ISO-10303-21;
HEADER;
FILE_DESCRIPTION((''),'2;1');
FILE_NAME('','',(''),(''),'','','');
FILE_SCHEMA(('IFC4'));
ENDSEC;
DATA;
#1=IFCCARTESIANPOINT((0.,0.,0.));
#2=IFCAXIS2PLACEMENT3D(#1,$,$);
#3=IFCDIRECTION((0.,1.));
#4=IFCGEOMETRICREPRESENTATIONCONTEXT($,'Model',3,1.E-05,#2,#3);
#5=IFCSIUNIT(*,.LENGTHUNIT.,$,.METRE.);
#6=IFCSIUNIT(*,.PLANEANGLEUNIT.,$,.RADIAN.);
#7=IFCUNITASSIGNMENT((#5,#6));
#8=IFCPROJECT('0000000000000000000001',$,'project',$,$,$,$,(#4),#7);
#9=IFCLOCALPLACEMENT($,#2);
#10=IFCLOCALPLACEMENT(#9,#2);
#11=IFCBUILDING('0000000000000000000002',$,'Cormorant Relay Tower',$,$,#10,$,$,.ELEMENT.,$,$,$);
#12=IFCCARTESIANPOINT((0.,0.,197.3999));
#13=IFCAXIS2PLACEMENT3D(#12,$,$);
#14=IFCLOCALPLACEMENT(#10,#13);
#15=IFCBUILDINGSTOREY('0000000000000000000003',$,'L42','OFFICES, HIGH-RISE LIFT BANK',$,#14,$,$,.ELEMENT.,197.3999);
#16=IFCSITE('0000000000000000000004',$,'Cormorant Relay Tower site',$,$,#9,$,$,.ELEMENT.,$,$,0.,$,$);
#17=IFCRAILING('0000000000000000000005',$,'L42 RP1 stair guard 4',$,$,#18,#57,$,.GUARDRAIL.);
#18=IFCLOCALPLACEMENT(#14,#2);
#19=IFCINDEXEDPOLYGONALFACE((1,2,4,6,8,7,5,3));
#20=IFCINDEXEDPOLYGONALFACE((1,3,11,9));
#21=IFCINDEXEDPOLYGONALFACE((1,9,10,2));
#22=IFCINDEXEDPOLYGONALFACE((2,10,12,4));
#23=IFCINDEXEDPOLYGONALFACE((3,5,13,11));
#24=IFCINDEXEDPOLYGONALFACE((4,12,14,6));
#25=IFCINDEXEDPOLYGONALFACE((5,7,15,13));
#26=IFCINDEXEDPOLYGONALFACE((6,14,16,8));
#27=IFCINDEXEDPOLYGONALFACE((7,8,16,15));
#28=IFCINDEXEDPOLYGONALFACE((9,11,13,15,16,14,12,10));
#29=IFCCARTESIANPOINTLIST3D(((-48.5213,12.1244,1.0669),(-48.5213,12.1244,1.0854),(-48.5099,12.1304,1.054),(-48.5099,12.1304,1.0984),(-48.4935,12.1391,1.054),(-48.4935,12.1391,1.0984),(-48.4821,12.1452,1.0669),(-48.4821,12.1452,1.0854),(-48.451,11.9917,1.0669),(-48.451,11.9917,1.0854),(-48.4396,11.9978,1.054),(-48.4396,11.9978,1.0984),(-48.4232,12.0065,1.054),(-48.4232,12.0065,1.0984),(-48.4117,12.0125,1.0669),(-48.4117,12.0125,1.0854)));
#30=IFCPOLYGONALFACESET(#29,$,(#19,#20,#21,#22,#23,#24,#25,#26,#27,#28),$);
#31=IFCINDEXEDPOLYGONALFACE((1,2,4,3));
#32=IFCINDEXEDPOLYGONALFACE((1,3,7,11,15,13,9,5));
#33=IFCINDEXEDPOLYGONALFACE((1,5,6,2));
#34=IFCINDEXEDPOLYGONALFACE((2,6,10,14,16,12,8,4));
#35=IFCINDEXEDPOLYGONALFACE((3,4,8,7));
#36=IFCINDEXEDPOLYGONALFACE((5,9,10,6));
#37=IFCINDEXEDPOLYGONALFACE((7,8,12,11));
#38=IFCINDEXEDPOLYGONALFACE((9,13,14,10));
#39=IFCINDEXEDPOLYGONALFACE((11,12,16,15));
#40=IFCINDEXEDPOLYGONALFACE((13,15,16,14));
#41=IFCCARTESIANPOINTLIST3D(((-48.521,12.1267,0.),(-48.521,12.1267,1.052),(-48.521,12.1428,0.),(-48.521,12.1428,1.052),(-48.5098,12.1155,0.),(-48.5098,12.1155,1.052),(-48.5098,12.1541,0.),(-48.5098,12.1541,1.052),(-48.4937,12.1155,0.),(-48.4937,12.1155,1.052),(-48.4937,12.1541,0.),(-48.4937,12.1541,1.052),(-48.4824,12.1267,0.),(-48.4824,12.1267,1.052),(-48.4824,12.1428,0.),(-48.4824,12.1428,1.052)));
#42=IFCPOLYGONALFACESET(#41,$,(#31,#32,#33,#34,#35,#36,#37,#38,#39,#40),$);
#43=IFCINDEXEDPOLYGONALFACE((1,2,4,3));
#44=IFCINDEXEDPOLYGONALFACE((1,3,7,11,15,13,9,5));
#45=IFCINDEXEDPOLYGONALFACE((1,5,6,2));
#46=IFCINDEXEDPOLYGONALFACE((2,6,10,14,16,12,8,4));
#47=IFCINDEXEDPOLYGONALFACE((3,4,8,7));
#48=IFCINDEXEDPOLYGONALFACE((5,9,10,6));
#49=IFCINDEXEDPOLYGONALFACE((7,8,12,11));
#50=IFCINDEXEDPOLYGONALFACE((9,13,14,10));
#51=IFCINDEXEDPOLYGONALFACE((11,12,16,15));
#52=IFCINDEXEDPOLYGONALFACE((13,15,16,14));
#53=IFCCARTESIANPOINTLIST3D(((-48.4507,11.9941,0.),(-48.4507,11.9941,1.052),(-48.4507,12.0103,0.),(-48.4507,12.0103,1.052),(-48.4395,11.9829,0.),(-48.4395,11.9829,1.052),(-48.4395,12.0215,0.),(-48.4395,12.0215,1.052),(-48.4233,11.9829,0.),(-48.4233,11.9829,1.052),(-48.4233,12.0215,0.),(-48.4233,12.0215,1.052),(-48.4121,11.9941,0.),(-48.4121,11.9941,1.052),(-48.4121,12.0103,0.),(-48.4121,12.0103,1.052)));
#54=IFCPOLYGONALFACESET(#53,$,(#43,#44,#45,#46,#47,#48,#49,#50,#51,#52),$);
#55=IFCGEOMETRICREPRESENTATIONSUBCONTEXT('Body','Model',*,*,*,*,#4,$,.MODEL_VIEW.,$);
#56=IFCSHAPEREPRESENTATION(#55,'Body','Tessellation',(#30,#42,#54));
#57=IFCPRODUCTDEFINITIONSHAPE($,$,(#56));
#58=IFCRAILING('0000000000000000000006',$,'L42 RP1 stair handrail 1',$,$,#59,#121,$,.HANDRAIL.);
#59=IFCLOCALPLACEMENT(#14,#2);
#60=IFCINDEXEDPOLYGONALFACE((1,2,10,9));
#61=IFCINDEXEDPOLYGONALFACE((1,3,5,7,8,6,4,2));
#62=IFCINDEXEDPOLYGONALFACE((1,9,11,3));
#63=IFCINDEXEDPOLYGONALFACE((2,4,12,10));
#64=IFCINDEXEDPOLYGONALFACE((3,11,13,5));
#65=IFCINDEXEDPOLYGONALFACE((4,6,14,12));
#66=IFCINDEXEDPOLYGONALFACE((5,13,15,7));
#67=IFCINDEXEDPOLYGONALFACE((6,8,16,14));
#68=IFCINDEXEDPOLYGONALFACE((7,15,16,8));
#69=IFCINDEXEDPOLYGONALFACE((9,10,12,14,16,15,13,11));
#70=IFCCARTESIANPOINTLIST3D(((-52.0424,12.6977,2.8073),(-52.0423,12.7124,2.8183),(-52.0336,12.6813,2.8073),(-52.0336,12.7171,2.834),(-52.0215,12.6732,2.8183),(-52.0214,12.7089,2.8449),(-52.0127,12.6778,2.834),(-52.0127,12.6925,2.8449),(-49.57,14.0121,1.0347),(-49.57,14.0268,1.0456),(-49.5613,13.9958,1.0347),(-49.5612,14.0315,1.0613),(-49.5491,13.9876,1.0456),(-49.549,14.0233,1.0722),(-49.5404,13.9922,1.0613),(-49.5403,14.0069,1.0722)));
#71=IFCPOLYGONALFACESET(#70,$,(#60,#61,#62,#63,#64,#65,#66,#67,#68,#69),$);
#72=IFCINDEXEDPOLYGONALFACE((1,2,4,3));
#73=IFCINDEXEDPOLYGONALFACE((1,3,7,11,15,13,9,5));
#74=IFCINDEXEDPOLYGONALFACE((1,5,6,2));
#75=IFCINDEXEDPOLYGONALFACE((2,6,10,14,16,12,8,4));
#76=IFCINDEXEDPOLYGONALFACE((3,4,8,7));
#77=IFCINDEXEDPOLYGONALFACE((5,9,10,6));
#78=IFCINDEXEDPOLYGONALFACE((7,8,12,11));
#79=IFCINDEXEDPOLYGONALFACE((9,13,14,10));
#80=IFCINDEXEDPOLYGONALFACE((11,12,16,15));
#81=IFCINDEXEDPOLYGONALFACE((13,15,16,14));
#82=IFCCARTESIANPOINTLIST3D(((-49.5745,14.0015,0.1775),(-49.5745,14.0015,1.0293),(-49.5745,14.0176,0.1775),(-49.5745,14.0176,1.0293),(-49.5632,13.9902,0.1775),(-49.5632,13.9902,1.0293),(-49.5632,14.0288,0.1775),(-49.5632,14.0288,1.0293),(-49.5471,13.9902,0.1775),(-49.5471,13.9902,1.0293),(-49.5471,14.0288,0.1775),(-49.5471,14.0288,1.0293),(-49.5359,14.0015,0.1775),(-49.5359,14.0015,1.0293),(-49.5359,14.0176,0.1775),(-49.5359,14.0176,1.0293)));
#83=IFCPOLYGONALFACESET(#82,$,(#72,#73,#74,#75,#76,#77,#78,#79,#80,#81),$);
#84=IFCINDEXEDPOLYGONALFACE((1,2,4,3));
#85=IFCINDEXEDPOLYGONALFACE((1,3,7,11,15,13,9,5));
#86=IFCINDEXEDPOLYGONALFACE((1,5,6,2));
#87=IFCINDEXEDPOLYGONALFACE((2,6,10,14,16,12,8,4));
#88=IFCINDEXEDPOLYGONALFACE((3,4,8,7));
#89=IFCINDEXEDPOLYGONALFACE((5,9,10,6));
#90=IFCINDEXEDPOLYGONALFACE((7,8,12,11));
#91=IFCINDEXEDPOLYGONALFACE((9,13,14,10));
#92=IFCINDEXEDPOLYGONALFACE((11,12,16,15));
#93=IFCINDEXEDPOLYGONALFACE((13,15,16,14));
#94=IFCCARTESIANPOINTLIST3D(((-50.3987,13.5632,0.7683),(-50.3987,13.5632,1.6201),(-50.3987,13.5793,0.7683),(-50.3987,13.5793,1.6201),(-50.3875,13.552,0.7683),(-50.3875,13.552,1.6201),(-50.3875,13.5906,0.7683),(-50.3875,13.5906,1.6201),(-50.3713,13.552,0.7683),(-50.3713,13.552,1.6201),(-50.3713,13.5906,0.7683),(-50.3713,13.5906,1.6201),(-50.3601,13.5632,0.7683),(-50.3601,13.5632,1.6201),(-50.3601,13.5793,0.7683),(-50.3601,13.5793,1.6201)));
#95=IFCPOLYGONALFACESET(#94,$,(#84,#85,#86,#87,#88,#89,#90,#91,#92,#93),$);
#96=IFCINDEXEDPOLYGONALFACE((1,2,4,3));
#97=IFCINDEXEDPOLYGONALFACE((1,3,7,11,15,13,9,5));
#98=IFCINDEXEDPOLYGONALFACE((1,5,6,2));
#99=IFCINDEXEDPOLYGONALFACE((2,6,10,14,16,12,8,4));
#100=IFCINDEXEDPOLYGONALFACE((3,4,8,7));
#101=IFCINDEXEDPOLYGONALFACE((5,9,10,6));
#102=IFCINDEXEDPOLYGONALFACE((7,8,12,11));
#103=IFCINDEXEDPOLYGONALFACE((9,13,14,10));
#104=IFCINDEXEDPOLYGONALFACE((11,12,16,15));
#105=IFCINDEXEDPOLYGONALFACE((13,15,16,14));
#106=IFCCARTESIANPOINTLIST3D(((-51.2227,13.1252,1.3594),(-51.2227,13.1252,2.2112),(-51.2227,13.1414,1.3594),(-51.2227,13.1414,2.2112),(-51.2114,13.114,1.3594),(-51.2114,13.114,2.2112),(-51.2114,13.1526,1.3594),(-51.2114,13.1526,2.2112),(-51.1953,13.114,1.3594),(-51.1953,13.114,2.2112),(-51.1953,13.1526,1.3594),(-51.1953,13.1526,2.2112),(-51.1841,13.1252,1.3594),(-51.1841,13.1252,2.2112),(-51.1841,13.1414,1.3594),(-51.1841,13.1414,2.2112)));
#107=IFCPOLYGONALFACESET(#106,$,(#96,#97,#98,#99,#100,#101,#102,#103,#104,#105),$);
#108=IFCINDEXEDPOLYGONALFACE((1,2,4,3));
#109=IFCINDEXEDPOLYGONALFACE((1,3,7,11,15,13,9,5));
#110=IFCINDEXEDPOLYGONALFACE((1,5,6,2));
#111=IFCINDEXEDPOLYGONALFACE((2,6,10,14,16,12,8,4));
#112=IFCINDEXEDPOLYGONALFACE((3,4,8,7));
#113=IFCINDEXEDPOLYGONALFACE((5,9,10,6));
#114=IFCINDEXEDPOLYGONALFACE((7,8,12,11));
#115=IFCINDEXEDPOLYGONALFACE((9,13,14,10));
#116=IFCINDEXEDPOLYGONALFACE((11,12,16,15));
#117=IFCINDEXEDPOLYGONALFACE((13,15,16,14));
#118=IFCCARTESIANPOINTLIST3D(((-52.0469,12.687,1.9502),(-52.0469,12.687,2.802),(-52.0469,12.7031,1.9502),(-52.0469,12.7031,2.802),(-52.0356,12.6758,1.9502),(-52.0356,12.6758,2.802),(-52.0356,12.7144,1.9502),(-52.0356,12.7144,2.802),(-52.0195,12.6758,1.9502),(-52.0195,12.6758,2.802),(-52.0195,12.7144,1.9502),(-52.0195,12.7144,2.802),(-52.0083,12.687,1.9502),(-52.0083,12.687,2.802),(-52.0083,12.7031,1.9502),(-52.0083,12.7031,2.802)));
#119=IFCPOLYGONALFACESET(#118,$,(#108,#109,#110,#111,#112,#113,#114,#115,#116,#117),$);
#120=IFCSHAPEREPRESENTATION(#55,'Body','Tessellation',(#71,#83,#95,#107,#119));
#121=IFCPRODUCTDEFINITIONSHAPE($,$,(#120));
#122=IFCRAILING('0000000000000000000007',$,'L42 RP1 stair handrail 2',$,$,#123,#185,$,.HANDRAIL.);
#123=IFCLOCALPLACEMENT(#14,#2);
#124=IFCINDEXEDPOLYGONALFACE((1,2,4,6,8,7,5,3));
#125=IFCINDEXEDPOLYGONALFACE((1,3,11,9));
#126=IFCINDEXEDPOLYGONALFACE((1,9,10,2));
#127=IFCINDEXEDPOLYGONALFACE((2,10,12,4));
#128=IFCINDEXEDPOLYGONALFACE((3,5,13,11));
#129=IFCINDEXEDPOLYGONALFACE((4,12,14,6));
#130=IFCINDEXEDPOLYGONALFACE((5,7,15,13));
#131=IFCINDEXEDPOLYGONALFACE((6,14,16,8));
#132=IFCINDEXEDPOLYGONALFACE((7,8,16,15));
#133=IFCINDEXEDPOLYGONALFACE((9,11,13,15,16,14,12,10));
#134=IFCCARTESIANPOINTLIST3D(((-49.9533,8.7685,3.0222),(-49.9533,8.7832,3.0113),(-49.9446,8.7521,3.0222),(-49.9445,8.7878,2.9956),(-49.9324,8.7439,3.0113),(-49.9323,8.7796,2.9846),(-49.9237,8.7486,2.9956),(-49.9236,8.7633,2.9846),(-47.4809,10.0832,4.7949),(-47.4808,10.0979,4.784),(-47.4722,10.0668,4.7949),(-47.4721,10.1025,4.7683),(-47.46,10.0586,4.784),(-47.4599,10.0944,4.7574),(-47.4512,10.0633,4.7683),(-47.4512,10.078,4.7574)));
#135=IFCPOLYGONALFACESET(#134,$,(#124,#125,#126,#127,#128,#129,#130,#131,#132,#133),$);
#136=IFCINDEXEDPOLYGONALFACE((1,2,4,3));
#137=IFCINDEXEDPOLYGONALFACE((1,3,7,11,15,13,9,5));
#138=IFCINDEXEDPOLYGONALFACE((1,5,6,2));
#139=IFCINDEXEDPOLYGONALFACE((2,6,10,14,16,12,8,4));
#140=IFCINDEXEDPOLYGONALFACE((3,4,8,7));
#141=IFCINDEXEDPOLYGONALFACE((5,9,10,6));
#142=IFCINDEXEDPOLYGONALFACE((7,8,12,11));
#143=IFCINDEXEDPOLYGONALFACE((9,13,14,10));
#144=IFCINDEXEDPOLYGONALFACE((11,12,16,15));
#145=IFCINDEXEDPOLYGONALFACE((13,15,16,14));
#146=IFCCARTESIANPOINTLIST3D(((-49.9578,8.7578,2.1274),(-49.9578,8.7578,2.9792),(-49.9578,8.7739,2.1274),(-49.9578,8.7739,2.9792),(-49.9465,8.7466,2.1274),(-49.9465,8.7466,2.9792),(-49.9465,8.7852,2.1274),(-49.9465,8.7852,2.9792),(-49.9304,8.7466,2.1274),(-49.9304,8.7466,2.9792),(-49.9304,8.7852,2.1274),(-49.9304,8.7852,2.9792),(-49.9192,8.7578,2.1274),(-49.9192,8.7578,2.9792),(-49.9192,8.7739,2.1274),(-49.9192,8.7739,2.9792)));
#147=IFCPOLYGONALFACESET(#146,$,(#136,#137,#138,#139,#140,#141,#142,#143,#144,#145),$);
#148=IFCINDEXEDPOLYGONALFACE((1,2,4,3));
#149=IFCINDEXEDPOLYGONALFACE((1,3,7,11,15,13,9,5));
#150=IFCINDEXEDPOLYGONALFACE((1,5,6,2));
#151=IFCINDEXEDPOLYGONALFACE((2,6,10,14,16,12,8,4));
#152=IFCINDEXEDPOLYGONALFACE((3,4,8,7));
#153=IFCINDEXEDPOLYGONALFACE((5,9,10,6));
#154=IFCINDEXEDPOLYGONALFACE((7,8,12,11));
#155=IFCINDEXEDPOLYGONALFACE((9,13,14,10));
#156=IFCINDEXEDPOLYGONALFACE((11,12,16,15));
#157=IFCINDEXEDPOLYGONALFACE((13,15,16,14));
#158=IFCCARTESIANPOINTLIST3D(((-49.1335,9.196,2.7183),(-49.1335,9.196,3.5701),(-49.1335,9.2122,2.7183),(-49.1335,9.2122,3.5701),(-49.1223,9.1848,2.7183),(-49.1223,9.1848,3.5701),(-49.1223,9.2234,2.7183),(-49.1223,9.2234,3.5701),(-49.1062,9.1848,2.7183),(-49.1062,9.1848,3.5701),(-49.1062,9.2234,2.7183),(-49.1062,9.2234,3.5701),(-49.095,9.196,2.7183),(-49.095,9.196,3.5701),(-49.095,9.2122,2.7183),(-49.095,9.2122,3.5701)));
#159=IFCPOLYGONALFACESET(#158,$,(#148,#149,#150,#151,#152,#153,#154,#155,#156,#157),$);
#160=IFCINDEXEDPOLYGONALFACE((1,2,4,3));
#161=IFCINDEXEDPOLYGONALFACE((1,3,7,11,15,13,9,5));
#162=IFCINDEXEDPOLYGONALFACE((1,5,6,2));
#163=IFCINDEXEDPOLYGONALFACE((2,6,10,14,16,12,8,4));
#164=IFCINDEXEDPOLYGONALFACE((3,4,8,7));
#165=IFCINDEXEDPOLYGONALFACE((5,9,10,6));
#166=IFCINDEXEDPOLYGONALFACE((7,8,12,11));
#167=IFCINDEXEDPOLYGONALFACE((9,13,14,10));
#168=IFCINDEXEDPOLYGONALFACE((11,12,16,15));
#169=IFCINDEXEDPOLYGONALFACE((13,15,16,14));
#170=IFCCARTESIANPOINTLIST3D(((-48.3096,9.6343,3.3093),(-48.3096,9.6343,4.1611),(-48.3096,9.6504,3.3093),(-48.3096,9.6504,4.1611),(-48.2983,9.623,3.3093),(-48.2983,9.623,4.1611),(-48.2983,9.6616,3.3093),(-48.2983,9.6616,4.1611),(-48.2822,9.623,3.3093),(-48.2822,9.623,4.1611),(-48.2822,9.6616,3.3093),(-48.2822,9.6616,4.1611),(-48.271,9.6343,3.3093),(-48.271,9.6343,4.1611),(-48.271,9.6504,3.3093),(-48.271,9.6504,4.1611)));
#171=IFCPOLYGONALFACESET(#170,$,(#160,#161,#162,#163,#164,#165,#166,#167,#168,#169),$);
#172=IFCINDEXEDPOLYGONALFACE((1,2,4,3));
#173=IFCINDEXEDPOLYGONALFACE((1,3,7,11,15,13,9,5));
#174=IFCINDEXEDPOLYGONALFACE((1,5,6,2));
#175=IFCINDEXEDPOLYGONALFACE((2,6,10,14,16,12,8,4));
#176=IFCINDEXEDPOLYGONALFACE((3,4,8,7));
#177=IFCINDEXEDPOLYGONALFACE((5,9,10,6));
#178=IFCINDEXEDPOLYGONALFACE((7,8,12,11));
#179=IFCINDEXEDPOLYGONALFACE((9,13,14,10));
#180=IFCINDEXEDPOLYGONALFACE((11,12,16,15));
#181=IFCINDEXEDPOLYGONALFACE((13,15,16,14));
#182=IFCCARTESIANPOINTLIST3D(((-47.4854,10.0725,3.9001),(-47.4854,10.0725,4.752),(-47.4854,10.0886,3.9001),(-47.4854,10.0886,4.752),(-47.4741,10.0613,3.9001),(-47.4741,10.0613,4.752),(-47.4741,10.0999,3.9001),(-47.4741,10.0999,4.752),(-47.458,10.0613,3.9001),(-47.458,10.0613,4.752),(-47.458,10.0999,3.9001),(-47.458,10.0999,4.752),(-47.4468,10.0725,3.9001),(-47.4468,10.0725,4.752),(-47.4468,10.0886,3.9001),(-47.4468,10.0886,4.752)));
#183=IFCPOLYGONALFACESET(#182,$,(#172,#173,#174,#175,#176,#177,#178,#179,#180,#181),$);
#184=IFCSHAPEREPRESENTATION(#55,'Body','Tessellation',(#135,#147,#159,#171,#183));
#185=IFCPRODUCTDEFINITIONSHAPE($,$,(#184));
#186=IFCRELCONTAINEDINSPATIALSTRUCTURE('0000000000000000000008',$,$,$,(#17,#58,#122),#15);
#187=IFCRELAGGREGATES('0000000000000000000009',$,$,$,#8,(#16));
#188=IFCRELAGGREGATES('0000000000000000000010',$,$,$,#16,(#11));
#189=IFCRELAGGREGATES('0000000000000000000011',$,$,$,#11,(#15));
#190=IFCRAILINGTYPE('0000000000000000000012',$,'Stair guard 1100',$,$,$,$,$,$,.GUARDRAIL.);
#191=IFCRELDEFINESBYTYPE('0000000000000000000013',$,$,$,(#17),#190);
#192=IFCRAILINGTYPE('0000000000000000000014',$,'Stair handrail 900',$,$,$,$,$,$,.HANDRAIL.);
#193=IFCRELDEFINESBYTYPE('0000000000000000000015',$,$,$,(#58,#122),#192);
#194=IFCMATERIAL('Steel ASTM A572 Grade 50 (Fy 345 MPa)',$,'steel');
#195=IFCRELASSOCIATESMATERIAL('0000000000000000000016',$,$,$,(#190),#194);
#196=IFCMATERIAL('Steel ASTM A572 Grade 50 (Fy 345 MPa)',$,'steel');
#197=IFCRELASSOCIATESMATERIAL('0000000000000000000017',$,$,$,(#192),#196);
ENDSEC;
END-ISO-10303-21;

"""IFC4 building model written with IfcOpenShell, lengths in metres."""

from ifc_helpers import new_model, si_unit, direction, frame, origin, place, context, subcontext, project, spatial, polyline, outline, extrude, material, type_object, element, save


model = new_model("IFC4")

# Units and contexts
model_context = context("Model", 3, precision=1e-05, world=origin(), true_north=direction((0.0, 1.0)))
body_context = subcontext(model_context, "Body", "Model", "MODEL_VIEW")
ifc_project = project(units=[si_unit("LENGTHUNIT", "METRE"), si_unit("PLANEANGLEUNIT", "RADIAN")], contexts=[model_context])

# Site, building, storey
site_placement = place(None, origin())
site = spatial("IfcSite", under=ifc_project, at=site_placement, Name="Cormorant Relay Tower site", CompositionType="ELEMENT", RefElevation=0.0)
building_placement = place(site_placement, origin())
building = spatial("IfcBuilding", under=site, at=building_placement, Name="Cormorant Relay Tower", CompositionType="ELEMENT")
storey_placement = place(building_placement, frame((0.0, 0.0, 197.3999)))
storey = spatial("IfcBuildingStorey", under=building, at=storey_placement, Name="L42", Description="OFFICES, HIGH-RISE LIFT BANK", CompositionType="ELEMENT", Elevation=197.3999)

# Railings
ifc_material_1 = material(Name="Steel ASTM A572 Grade 50 (Fy 345 MPa)", Category="steel")
railing_type_1 = type_object("IfcRailingType", Name="Stair guard 1100", PredefinedType="GUARDRAIL", material=ifc_material_1)
railing_1_placement = place(storey_placement, frame((-48.5017, 12.1348, 0.0)))
element("IfcRailing", 1, at=railing_1_placement, inside=storey, type_object=railing_type_1, Name="L42 RP1 stair guard 4", PredefinedType="GUARDRAIL", context=body_context, shape_type="SweptSolid", body=[
    extrude(outline(polyline([(0.0222, 0.0093), (0.0093, 0.0222), (-0.0093, 0.0222), (-0.0222, 0.0093), (-0.0222, -0.0093), (-0.0093, -0.0222), (0.0093, -0.0222), (0.0222, -0.0093), (0.0222, 0.0093)])), frame((0.0, 0.0, 1.0762), z_axis=(0.46856, -0.883431, 0.0), x_axis=(0.883431, 0.46856, 0.0)), (0.0, 0.0, 1.0), 0.1501),
    extrude(outline(polyline([(0.0193, 0.0081), (0.0081, 0.0193), (-0.0081, 0.0193), (-0.0193, 0.0081), (-0.0193, -0.0081), (-0.0081, -0.0193), (0.0081, -0.0193), (0.0193, -0.0081), (0.0193, 0.0081)])), origin(), (0.0, 0.0, 1.0), 1.052),
    extrude(outline(polyline([(0.0193, 0.0081), (0.0081, 0.0193), (-0.0081, 0.0193), (-0.0193, 0.0081), (-0.0193, -0.0081), (-0.0081, -0.0193), (0.0081, -0.0193), (0.0193, -0.0081), (0.0193, 0.0081)])), frame((0.0703, -0.1326, 0.0)), (0.0, 0.0, 1.0), 1.052),
])
ifc_material_2 = material(Name="Steel ASTM A572 Grade 50 (Fy 345 MPa)", Category="steel")
railing_type_2 = type_object("IfcRailingType", Name="Stair handrail 900", PredefinedType="HANDRAIL", material=ifc_material_2)
railing_2_placement = place(storey_placement, frame((-49.5552, 14.0095, 0.1775)))
element("IfcRailing", 2, at=railing_2_placement, inside=storey, type_object=railing_type_2, Name="L42 RP1 stair handrail 1", PredefinedType="HANDRAIL", context=body_context, shape_type="SweptSolid", body=[
    extrude(outline(polyline([(0.0222, 0.0093), (0.0093, 0.0222), (-0.0093, 0.0222), (-0.0222, 0.0093), (-0.0222, -0.0093), (-0.0093, -0.0222), (0.0093, -0.0222), (0.0222, -0.0093), (0.0222, 0.0093)])), frame((0.0, 0.0, 0.876), z_axis=(-0.746034, -0.396627, 0.534902), x_axis=(0.469429, -0.88297, 0.0)), (0.0, 0.0, 1.0), 3.314),
    extrude(outline(polyline([(0.0193, 0.0081), (0.0081, 0.0193), (-0.0081, 0.0193), (-0.0193, 0.0081), (-0.0193, -0.0081), (-0.0081, -0.0193), (0.0081, -0.0193), (0.0193, -0.0081), (0.0193, 0.0081)])), origin(), (0.0, 0.0, 1.0), 0.8518),
    extrude(outline(polyline([(0.0193, 0.0081), (0.0081, 0.0193), (-0.0081, 0.0193), (-0.0193, 0.0081), (-0.0193, -0.0081), (-0.0081, -0.0193), (0.0081, -0.0193), (0.0193, -0.0081), (0.0193, 0.0081)])), frame((-0.8242, -0.4382, 0.5908)), (0.0, 0.0, 1.0), 0.8518),
    extrude(outline(polyline([(0.0193, 0.0081), (0.0081, 0.0193), (-0.0081, 0.0193), (-0.0193, 0.0081), (-0.0193, -0.0081), (-0.0081, -0.0193), (0.0081, -0.0193), (0.0193, -0.0081), (0.0193, 0.0081)])), frame((-1.6482, -0.8762, 1.1819)), (0.0, 0.0, 1.0), 0.8518),
    extrude(outline(polyline([(0.0193, 0.0081), (0.0081, 0.0193), (-0.0081, 0.0193), (-0.0193, 0.0081), (-0.0193, -0.0081), (-0.0081, -0.0193), (0.0081, -0.0193), (0.0193, -0.0081), (0.0193, 0.0081)])), frame((-2.4724, -1.3145, 1.7727)), (0.0, 0.0, 1.0), 0.8518),
])
railing_3_placement = place(storey_placement, frame((-49.9385, 8.7659, 2.1274)))
element("IfcRailing", 3, at=railing_3_placement, inside=storey, type_object=railing_type_2, Name="L42 RP1 stair handrail 2", PredefinedType="HANDRAIL", context=body_context, shape_type="SweptSolid", body=[
    extrude(outline(polyline([(0.0222, 0.0093), (0.0093, 0.0222), (-0.0093, 0.0222), (-0.0222, 0.0093), (-0.0222, -0.0093), (-0.0093, -0.0222), (0.0093, -0.0222), (0.0222, -0.0093), (0.0222, 0.0093)])), frame((0.0, 0.0, 0.876), z_axis=(0.746012, 0.39669, 0.534886), x_axis=(-0.469497, 0.882934, 0.0)), (0.0, 0.0, 1.0), 3.3142),
    extrude(outline(polyline([(0.0193, 0.0081), (0.0081, 0.0193), (-0.0081, 0.0193), (-0.0193, 0.0081), (-0.0193, -0.0081), (-0.0081, -0.0193), (0.0081, -0.0193), (0.0193, -0.0081), (0.0193, 0.0081)])), origin(), (0.0, 0.0, 1.0), 0.8518),
    extrude(outline(polyline([(0.0193, 0.0081), (0.0081, 0.0193), (-0.0081, 0.0193), (-0.0193, 0.0081), (-0.0193, -0.0081), (-0.0081, -0.0193), (0.0081, -0.0193), (0.0193, -0.0081), (0.0193, 0.0081)])), frame((0.8242, 0.4382, 0.5908)), (0.0, 0.0, 1.0), 0.8518),
    extrude(outline(polyline([(0.0193, 0.0081), (0.0081, 0.0193), (-0.0081, 0.0193), (-0.0193, 0.0081), (-0.0193, -0.0081), (-0.0081, -0.0193), (0.0081, -0.0193), (0.0193, -0.0081), (0.0193, 0.0081)])), frame((1.6482, 0.8765, 1.1819)), (0.0, 0.0, 1.0), 0.8518),
    extrude(outline(polyline([(0.0193, 0.0081), (0.0081, 0.0193), (-0.0081, 0.0193), (-0.0193, 0.0081), (-0.0193, -0.0081), (-0.0081, -0.0193), (0.0081, -0.0193), (0.0193, -0.0081), (0.0193, 0.0081)])), frame((2.4724, 1.3147, 1.7727)), (0.0, 0.0, 1.0), 0.8518),
])

save(model, "model.ifc")
